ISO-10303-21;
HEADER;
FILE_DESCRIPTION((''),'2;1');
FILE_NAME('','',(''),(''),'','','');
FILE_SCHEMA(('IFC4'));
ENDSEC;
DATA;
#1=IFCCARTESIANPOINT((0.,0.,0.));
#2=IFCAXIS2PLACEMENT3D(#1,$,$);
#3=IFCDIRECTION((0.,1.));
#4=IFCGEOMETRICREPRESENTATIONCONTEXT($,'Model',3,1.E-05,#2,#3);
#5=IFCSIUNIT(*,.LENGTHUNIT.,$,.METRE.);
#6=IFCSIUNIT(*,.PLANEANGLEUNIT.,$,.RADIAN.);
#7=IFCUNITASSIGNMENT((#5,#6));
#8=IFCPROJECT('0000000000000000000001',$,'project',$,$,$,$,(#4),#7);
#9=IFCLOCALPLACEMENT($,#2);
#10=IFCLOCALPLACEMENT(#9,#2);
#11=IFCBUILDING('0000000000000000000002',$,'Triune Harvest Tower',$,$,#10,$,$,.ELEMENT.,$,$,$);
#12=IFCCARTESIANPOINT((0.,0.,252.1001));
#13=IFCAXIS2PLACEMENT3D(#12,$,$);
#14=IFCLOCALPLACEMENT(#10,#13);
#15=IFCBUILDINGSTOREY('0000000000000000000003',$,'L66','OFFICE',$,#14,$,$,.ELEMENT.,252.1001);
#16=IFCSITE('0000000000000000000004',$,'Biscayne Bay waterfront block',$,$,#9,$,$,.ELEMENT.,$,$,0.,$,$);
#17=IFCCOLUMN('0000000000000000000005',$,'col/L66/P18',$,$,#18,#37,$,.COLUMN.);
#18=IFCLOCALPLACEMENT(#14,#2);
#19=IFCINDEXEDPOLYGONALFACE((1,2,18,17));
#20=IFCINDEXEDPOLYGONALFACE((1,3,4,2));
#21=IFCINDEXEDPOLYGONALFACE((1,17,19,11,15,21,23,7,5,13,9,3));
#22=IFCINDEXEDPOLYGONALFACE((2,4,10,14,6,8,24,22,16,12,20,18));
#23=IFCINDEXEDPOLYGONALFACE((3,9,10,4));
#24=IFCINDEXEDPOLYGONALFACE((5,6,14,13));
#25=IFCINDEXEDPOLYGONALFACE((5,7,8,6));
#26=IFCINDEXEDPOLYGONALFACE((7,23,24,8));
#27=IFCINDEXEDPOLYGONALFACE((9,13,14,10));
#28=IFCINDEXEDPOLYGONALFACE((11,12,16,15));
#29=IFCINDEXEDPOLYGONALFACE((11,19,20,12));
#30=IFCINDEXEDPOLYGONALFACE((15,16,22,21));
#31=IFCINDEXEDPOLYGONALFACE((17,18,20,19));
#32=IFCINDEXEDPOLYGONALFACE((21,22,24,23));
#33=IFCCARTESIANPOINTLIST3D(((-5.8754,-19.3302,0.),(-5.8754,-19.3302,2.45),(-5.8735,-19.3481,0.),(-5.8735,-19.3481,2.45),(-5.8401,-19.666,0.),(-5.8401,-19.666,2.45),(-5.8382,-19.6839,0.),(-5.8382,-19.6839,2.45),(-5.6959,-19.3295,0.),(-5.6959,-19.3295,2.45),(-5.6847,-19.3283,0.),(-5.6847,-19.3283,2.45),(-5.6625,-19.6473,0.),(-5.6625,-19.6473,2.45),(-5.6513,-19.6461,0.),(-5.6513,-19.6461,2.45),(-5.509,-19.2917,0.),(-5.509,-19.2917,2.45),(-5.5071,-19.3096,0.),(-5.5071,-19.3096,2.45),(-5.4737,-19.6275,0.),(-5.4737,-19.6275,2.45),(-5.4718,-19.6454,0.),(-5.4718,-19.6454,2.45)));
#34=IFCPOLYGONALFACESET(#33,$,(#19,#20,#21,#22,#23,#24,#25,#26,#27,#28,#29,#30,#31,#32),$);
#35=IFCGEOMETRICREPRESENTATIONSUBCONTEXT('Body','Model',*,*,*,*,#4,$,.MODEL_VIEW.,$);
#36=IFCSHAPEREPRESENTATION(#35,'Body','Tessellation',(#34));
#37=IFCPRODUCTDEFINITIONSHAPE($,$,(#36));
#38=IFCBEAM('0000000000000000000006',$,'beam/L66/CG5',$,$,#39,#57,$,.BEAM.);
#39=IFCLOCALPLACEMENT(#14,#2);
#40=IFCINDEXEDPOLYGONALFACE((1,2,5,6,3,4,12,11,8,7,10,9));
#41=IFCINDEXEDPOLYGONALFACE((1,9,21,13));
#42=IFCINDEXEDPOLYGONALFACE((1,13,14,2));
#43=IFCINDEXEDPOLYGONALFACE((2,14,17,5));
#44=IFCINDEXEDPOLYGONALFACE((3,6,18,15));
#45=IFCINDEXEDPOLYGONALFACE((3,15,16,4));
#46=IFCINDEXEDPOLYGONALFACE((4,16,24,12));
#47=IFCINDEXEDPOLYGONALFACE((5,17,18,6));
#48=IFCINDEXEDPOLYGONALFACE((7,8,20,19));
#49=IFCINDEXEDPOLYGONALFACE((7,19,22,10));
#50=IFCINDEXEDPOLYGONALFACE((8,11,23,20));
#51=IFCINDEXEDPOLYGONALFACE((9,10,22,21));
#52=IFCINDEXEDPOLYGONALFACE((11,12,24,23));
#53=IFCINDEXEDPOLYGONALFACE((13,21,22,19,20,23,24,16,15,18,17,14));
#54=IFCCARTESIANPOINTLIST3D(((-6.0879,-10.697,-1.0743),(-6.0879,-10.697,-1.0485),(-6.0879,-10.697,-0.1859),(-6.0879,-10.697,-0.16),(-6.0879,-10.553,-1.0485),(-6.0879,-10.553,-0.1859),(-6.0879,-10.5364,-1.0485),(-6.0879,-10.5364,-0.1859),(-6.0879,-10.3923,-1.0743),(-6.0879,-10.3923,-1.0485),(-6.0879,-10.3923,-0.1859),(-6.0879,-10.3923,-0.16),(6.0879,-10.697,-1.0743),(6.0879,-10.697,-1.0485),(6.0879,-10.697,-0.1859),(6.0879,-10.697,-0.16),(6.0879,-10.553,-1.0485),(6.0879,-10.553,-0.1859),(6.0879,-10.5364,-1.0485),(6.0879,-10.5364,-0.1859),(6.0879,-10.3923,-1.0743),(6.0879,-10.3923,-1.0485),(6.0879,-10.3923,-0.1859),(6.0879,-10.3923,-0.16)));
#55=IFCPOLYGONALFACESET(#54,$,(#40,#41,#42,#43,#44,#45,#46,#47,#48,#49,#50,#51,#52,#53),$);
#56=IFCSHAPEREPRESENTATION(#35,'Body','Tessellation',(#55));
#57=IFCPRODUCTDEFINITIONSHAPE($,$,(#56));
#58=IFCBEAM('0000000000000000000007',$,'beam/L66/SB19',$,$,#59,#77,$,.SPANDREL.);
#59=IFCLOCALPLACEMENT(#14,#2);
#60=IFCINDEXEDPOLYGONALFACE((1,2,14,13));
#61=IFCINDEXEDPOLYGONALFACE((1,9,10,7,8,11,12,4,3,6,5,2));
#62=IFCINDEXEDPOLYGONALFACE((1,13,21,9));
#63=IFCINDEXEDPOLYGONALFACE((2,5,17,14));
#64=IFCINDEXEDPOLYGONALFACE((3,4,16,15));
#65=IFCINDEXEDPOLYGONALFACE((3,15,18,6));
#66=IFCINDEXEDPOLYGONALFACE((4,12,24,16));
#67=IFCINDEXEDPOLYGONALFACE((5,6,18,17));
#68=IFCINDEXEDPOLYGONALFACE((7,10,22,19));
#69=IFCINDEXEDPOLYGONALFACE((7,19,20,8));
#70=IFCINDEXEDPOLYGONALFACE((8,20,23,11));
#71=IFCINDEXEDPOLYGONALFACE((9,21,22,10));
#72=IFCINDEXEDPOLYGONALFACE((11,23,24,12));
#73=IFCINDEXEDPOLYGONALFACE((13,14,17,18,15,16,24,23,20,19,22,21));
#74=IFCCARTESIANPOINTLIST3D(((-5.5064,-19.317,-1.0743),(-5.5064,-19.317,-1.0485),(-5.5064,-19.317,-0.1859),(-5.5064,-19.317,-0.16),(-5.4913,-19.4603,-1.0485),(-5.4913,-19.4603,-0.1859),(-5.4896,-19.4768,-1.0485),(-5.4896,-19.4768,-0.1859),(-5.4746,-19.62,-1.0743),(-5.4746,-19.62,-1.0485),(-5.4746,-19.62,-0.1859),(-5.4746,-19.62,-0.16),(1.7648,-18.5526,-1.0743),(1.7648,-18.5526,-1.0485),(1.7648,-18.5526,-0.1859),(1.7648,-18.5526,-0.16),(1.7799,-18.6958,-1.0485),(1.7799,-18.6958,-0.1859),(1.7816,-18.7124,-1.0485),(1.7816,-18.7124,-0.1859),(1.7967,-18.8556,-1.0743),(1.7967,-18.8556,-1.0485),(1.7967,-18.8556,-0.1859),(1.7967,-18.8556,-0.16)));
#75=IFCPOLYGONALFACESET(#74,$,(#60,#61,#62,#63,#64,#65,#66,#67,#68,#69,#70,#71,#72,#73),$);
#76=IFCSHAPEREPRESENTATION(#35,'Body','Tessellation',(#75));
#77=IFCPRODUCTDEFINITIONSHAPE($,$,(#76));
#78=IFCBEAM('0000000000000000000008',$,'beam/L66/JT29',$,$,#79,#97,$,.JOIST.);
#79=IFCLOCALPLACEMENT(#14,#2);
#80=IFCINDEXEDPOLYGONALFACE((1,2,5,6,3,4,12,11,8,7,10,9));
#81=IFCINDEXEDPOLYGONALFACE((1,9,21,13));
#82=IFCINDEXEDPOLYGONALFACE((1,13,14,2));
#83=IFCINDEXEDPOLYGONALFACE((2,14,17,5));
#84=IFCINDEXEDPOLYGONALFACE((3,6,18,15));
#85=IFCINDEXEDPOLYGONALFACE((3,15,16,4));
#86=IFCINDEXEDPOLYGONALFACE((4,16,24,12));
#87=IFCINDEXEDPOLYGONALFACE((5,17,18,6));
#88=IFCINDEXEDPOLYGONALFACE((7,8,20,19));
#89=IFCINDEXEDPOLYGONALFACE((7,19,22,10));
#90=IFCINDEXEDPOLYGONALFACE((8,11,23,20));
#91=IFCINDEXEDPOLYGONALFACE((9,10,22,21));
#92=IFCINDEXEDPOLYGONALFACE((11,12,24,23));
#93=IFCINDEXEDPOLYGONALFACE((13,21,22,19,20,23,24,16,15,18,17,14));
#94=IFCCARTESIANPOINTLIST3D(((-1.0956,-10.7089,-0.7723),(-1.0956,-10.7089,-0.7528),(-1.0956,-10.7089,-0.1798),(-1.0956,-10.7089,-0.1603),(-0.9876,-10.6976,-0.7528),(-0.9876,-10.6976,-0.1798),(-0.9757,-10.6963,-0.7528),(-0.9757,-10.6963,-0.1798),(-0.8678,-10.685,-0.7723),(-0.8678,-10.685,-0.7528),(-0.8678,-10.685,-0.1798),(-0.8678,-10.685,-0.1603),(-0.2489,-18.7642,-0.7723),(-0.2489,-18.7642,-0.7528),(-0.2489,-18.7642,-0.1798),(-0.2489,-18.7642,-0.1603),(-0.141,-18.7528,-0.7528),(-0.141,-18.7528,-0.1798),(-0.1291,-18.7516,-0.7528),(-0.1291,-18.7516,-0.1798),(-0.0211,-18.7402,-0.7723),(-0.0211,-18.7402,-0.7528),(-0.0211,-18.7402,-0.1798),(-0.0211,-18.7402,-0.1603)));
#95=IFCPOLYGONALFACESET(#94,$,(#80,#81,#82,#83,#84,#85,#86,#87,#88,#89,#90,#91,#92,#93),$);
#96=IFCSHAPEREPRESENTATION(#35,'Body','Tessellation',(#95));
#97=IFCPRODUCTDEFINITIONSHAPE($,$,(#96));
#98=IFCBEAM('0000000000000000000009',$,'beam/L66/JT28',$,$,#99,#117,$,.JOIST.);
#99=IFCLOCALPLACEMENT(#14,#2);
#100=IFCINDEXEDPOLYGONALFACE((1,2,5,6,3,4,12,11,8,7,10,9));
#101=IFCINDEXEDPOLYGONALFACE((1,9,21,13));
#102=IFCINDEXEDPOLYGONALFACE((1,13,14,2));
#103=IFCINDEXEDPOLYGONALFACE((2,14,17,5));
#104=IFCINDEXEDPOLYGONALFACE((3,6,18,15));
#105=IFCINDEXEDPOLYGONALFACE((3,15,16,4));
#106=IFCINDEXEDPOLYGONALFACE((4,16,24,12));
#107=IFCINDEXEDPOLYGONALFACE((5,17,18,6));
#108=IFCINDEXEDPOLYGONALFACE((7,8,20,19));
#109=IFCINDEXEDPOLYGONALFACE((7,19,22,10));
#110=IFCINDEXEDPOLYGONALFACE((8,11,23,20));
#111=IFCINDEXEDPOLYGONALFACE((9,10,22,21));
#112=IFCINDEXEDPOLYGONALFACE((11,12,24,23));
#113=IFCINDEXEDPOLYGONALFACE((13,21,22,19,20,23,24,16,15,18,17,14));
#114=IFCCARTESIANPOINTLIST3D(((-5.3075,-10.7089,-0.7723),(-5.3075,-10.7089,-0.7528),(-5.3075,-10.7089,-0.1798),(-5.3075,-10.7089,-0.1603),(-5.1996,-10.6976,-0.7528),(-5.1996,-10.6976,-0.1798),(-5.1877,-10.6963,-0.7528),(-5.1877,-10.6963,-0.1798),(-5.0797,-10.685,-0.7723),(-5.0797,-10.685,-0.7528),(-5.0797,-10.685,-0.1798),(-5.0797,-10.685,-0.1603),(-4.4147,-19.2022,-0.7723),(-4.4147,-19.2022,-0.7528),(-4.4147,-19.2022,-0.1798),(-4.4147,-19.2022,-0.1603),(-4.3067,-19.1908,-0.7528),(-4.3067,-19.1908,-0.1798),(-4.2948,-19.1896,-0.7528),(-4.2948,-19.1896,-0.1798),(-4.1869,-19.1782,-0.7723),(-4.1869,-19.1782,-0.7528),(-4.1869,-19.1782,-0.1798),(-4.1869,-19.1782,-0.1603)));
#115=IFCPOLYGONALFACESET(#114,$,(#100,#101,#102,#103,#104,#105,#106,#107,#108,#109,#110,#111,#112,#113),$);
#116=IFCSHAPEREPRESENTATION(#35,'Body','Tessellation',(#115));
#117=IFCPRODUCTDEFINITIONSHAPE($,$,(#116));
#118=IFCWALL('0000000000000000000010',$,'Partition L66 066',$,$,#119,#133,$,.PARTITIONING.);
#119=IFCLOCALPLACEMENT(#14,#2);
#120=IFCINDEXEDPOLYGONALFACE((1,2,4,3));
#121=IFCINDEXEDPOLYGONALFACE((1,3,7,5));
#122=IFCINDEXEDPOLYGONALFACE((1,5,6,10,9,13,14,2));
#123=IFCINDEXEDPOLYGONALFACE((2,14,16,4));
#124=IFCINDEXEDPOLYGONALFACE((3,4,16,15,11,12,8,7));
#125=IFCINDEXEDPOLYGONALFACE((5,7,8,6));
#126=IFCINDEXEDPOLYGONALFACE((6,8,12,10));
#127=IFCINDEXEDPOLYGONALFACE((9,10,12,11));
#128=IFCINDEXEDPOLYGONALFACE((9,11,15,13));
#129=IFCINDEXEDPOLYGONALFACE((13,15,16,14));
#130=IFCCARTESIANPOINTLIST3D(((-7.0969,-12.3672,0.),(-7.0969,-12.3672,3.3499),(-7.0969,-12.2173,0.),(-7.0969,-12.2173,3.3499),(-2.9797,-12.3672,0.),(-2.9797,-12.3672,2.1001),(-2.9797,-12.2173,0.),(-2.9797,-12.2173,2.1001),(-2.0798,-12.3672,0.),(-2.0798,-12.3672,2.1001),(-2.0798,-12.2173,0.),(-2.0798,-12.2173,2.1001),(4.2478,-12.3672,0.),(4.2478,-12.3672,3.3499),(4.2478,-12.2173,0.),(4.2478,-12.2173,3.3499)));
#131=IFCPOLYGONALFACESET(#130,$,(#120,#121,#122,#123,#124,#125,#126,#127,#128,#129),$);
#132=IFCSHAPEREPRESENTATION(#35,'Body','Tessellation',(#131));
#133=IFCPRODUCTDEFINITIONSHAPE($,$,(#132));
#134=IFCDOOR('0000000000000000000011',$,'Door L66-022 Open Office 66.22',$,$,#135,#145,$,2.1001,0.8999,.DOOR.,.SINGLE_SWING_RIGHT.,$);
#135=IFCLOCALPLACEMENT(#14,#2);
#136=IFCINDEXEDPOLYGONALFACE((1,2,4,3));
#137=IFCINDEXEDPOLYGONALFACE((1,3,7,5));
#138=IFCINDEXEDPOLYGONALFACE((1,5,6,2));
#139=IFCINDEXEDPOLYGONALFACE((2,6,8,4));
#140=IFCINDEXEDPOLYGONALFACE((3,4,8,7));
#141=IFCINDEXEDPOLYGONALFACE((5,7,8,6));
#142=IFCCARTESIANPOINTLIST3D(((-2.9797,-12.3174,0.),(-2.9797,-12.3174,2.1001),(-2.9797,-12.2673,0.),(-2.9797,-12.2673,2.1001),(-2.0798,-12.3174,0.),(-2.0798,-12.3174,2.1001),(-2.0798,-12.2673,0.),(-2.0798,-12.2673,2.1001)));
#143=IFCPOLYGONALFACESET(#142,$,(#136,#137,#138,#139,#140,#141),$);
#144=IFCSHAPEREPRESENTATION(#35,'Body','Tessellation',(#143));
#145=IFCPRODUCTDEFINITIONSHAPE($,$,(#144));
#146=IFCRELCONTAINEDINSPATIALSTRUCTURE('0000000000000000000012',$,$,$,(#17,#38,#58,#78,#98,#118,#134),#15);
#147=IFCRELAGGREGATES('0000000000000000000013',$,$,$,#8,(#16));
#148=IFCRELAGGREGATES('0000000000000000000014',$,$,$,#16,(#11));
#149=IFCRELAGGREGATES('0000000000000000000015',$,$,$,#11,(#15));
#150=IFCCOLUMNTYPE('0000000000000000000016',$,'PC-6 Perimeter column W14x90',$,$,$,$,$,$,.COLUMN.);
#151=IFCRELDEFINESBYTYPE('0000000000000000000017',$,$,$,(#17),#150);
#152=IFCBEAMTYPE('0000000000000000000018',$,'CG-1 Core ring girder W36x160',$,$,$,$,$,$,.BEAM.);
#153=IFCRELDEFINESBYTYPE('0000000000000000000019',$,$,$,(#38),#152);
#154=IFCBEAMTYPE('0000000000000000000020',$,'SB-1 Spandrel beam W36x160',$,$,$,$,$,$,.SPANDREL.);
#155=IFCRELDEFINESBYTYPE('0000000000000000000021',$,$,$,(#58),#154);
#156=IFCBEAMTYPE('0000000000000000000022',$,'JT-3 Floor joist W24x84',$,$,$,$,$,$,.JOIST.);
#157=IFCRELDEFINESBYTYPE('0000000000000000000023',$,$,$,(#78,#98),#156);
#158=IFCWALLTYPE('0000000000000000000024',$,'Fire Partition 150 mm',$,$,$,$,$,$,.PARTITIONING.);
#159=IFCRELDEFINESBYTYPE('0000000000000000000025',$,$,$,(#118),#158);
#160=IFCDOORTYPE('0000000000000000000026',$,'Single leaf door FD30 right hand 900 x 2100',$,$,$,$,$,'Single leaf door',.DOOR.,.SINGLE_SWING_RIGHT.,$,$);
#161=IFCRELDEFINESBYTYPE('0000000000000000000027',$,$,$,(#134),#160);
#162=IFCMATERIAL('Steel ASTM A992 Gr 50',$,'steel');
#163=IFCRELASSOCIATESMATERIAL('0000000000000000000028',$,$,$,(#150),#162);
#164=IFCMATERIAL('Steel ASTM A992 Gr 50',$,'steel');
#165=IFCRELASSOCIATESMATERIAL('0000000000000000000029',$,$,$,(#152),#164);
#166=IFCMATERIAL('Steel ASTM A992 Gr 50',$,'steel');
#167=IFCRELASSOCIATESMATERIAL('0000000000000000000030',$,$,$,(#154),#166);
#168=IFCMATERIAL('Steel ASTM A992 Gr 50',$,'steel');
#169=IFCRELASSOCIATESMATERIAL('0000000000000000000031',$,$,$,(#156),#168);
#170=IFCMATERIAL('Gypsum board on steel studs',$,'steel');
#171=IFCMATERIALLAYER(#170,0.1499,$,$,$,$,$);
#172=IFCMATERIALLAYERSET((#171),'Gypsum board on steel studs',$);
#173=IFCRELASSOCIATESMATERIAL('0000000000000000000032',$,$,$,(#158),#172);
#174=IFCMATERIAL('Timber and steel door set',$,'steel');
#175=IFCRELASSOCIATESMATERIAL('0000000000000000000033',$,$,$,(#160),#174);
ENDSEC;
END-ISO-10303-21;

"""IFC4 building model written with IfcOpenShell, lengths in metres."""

from ifc_helpers import new_model, si_unit, direction, frame, frame_2d, origin, origin_2d, place, context, subcontext, project, spatial, rectangle, i_section, extrude, source, transform, mapped, material, layer, layer_set, material_profile, profile_set, type_object, element, fill, save


model = new_model("IFC4")

# Units and contexts
model_context = context("Model", 3, precision=1e-05, world=origin(), true_north=direction((0.0, 1.0)))
body_context = subcontext(model_context, "Body", "Model", "MODEL_VIEW")
ifc_project = project(units=[si_unit("LENGTHUNIT", "METRE"), si_unit("PLANEANGLEUNIT", "RADIAN")], contexts=[model_context])

# Site, building, storey
site_placement = place(None, origin())
site = spatial("IfcSite", under=ifc_project, at=site_placement, Name="Biscayne Bay waterfront block", CompositionType="ELEMENT", RefElevation=0.0)
building_placement = place(site_placement, origin())
building = spatial("IfcBuilding", under=site, at=building_placement, Name="Triune Harvest Tower", CompositionType="ELEMENT")
storey_placement = place(building_placement, frame((0.0, 0.0, 252.1001)))
storey = spatial("IfcBuildingStorey", under=building, at=storey_placement, Name="L66", Description="OFFICE", CompositionType="ELEMENT", Elevation=252.1001)

# Column
ifc_material_1 = material(Name="Steel ASTM A992 Gr 50", Category="steel")
ifc_material_profile_1 = material_profile(ifc_material_1, i_section(OverallWidth=0.3684, OverallDepth=0.3557, WebThickness=0.0112, FlangeThickness=0.0181, at=origin_2d()), Name="W14x90")
ifc_profile_set_1 = profile_set([ifc_material_profile_1], Name="Steel ASTM A992 Gr 50")
column_type = type_object("IfcColumnType", Name="PC-6 Perimeter column W14x90", PredefinedType="COLUMN", material=ifc_profile_set_1)
shared_shape_1 = source(origin(), body_context, "Body", "SweptSolid", [
    extrude(i_section(OverallWidth=0.3684, OverallDepth=0.3557, WebThickness=0.0112, FlangeThickness=0.0181, at=origin_2d()), origin(), (0.0, 0.0, 1.0), 2.45),
])
column_placement = place(storey_placement, frame((-5.6736, -19.4878, 0.0), z_axis=(0.0, 0.0, 1.0), x_axis=(0.994522, 0.10453, 0.0)))
element("IfcColumn", 1, at=column_placement, inside=storey, type_object=column_type, Name="col/L66/P18", PredefinedType="COLUMN", context=body_context, shape_type="MappedRepresentation", body=[
    mapped(shared_shape_1, transform((0.0, 0.0, 0.0), scale=1.0)),
])

# Beams
ifc_material_2 = material(Name="Steel ASTM A992 Gr 50", Category="steel")
ifc_material_profile_2 = material_profile(ifc_material_2, i_section(OverallWidth=0.3047, OverallDepth=0.9143, WebThickness=0.0166, FlangeThickness=0.0259, at=origin_2d()), Name="W36x160")
ifc_profile_set_2 = profile_set([ifc_material_profile_2], Name="Steel ASTM A992 Gr 50")
beam_type_1 = type_object("IfcBeamType", Name="CG-1 Core ring girder W36x160", PredefinedType="BEAM", material=ifc_profile_set_2)
shared_shape_2 = source(origin(), body_context, "Body", "SweptSolid", [
    extrude(i_section(OverallWidth=0.3047, OverallDepth=0.9143, WebThickness=0.0166, FlangeThickness=0.0259, at=origin_2d()), origin(), (0.0, 0.0, 1.0), 12.1758),
])
beam_1_placement = place(storey_placement, frame((-6.0879, -10.5447, -0.6172), z_axis=(1.0, 0.0, 0.0), x_axis=(0.0, 1.0, 0.0)))
element("IfcBeam", 2, at=beam_1_placement, inside=storey, type_object=beam_type_1, Name="beam/L66/CG5", PredefinedType="BEAM", context=body_context, shape_type="MappedRepresentation", body=[
    mapped(shared_shape_2, transform((0.0, 0.0, 0.0), scale=1.0)),
])
ifc_material_3 = material(Name="Steel ASTM A992 Gr 50", Category="steel")
ifc_material_profile_3 = material_profile(ifc_material_3, i_section(OverallWidth=0.3047, OverallDepth=0.9143, WebThickness=0.0166, FlangeThickness=0.0259, at=origin_2d()), Name="W36x160")
ifc_profile_set_3 = profile_set([ifc_material_profile_3], Name="Steel ASTM A992 Gr 50")
beam_type_2 = type_object("IfcBeamType", Name="SB-1 Spandrel beam W36x160", PredefinedType="SPANDREL", material=ifc_profile_set_3)
shared_shape_3 = source(origin(), body_context, "Body", "SweptSolid", [
    extrude(i_section(OverallWidth=0.3047, OverallDepth=0.9143, WebThickness=0.0166, FlangeThickness=0.0259, at=origin_2d()), origin(), (0.0, 0.0, 1.0), 7.3113),
])
beam_2_placement = place(storey_placement, frame((-5.4905, -19.4685, -0.6172), z_axis=(0.99452, 0.104551, 0.0), x_axis=(-0.104551, 0.99452, 0.0)))
element("IfcBeam", 3, at=beam_2_placement, inside=storey, type_object=beam_type_2, Name="beam/L66/SB19", PredefinedType="SPANDREL", context=body_context, shape_type="MappedRepresentation", body=[
    mapped(shared_shape_3, transform((0.0, 0.0, 0.0), scale=1.0)),
])
ifc_material_4 = material(Name="Steel ASTM A992 Gr 50", Category="steel")
ifc_material_profile_4 = material_profile(ifc_material_4, i_section(OverallWidth=0.229, OverallDepth=0.6121, WebThickness=0.012, FlangeThickness=0.0195, at=origin_2d()), Name="W24x84")
ifc_profile_set_4 = profile_set([ifc_material_profile_4], Name="Steel ASTM A992 Gr 50")
beam_type_3 = type_object("IfcBeamType", Name="JT-3 Floor joist W24x84", PredefinedType="JOIST", material=ifc_profile_set_4)
shared_shape_4 = source(origin(), body_context, "Body", "SweptSolid", [
    extrude(i_section(OverallWidth=0.229, OverallDepth=0.6121, WebThickness=0.012, FlangeThickness=0.0195, at=origin_2d()), origin(), (0.0, 0.0, 1.0), 8.0996),
])
beam_3_placement = place(storey_placement, frame((-0.135, -18.7522, -0.4663), z_axis=(-0.104534, 0.994521, 0.0), x_axis=(-0.994521, -0.104534, 0.0)))
element("IfcBeam", 4, at=beam_3_placement, inside=storey, type_object=beam_type_3, Name="beam/L66/JT29", PredefinedType="JOIST", context=body_context, shape_type="MappedRepresentation", body=[
    mapped(shared_shape_4, transform((0.0, 0.0, 0.0), scale=1.0)),
])
shared_shape_5 = source(origin(), body_context, "Body", "SweptSolid", [
    extrude(i_section(OverallWidth=0.229, OverallDepth=0.6121, WebThickness=0.012, FlangeThickness=0.0195, at=origin_2d()), origin(), (0.0, 0.0, 1.0), 8.54),
])
beam_4_placement = place(storey_placement, frame((-4.3008, -19.1902, -0.4663), z_axis=(-0.104546, 0.99452, 0.0), x_axis=(-0.99452, -0.104546, 0.0)))
element("IfcBeam", 5, at=beam_4_placement, inside=storey, type_object=beam_type_3, Name="beam/L66/JT28", PredefinedType="JOIST", context=body_context, shape_type="MappedRepresentation", body=[
    mapped(shared_shape_5, transform((0.0, 0.0, 0.0), scale=1.0)),
])

# Wall, opening, door
ifc_material_5 = material(Name="Gypsum board on steel studs", Category="steel")
ifc_layer_1 = layer(ifc_material_5, 0.1499)
ifc_layer_set_1 = layer_set([ifc_layer_1], Name="Gypsum board on steel studs")
wall_type_1 = type_object("IfcWallType", Name="Fire Partition 150 mm", PredefinedType="PARTITIONING", material=ifc_layer_set_1)
wall_1_placement = place(storey_placement, frame((-7.0969, -12.2922, 0.0), z_axis=(0.0, 0.0, 1.0), x_axis=(1.0, 0.0, 0.0)))
wall_1 = element("IfcWall", 6, at=wall_1_placement, inside=storey, type_object=wall_type_1, Name="Partition L66 066", PredefinedType="PARTITIONING", context=body_context, shape_type="SweptSolid", body=[
    extrude(rectangle(XDim=11.3447, YDim=0.1499, at=frame_2d((5.6724, 0.0))), origin(), (0.0, 0.0, 1.0), 3.3499),
])
opening_1_placement = place(wall_1_placement, frame((4.1172, 0.0, 0.0)))
opening_1 = element("IfcOpeningElement", 7, at=opening_1_placement, cuts=wall_1, PredefinedType="OPENING", context=body_context, shape_type="SweptSolid", body=[
    extrude(rectangle(XDim=0.8999, YDim=2.1001, at=frame_2d((0.45, 1.05))), frame((0.0, 0.085, 0.0), z_axis=(0.0, -1.0, 0.0), x_axis=(1.0, 0.0, 0.0)), (0.0, 0.0, 1.0), 0.1699),
])
ifc_material_6 = material(Name="Timber and steel door set", Category="steel")
door_type_1 = type_object("IfcDoorType", Name="Single leaf door FD30 right hand 900 x 2100", ElementType="Single leaf door", OperationType="SINGLE_SWING_RIGHT", PredefinedType="DOOR", material=ifc_material_6)
door_1_placement = place(opening_1_placement, origin())
door_1 = element("IfcDoor", 8, at=door_1_placement, inside=storey, type_object=door_type_1, Name="Door L66-022 Open Office 66.22", OperationType="SINGLE_SWING_RIGHT", OverallHeight=2.1001, OverallWidth=0.8999, PredefinedType="DOOR", context=body_context, shape_type="SweptSolid", body=[
    extrude(rectangle(XDim=0.8999, YDim=2.1001, at=frame_2d((0.45, 1.05))), frame((0.0, 0.0249, 0.0), z_axis=(0.0, -1.0, 0.0), x_axis=(1.0, 0.0, 0.0)), (0.0, 0.0, 1.0), 0.05),
])
fill(opening_1, door_1)

save(model, "model.ifc")
